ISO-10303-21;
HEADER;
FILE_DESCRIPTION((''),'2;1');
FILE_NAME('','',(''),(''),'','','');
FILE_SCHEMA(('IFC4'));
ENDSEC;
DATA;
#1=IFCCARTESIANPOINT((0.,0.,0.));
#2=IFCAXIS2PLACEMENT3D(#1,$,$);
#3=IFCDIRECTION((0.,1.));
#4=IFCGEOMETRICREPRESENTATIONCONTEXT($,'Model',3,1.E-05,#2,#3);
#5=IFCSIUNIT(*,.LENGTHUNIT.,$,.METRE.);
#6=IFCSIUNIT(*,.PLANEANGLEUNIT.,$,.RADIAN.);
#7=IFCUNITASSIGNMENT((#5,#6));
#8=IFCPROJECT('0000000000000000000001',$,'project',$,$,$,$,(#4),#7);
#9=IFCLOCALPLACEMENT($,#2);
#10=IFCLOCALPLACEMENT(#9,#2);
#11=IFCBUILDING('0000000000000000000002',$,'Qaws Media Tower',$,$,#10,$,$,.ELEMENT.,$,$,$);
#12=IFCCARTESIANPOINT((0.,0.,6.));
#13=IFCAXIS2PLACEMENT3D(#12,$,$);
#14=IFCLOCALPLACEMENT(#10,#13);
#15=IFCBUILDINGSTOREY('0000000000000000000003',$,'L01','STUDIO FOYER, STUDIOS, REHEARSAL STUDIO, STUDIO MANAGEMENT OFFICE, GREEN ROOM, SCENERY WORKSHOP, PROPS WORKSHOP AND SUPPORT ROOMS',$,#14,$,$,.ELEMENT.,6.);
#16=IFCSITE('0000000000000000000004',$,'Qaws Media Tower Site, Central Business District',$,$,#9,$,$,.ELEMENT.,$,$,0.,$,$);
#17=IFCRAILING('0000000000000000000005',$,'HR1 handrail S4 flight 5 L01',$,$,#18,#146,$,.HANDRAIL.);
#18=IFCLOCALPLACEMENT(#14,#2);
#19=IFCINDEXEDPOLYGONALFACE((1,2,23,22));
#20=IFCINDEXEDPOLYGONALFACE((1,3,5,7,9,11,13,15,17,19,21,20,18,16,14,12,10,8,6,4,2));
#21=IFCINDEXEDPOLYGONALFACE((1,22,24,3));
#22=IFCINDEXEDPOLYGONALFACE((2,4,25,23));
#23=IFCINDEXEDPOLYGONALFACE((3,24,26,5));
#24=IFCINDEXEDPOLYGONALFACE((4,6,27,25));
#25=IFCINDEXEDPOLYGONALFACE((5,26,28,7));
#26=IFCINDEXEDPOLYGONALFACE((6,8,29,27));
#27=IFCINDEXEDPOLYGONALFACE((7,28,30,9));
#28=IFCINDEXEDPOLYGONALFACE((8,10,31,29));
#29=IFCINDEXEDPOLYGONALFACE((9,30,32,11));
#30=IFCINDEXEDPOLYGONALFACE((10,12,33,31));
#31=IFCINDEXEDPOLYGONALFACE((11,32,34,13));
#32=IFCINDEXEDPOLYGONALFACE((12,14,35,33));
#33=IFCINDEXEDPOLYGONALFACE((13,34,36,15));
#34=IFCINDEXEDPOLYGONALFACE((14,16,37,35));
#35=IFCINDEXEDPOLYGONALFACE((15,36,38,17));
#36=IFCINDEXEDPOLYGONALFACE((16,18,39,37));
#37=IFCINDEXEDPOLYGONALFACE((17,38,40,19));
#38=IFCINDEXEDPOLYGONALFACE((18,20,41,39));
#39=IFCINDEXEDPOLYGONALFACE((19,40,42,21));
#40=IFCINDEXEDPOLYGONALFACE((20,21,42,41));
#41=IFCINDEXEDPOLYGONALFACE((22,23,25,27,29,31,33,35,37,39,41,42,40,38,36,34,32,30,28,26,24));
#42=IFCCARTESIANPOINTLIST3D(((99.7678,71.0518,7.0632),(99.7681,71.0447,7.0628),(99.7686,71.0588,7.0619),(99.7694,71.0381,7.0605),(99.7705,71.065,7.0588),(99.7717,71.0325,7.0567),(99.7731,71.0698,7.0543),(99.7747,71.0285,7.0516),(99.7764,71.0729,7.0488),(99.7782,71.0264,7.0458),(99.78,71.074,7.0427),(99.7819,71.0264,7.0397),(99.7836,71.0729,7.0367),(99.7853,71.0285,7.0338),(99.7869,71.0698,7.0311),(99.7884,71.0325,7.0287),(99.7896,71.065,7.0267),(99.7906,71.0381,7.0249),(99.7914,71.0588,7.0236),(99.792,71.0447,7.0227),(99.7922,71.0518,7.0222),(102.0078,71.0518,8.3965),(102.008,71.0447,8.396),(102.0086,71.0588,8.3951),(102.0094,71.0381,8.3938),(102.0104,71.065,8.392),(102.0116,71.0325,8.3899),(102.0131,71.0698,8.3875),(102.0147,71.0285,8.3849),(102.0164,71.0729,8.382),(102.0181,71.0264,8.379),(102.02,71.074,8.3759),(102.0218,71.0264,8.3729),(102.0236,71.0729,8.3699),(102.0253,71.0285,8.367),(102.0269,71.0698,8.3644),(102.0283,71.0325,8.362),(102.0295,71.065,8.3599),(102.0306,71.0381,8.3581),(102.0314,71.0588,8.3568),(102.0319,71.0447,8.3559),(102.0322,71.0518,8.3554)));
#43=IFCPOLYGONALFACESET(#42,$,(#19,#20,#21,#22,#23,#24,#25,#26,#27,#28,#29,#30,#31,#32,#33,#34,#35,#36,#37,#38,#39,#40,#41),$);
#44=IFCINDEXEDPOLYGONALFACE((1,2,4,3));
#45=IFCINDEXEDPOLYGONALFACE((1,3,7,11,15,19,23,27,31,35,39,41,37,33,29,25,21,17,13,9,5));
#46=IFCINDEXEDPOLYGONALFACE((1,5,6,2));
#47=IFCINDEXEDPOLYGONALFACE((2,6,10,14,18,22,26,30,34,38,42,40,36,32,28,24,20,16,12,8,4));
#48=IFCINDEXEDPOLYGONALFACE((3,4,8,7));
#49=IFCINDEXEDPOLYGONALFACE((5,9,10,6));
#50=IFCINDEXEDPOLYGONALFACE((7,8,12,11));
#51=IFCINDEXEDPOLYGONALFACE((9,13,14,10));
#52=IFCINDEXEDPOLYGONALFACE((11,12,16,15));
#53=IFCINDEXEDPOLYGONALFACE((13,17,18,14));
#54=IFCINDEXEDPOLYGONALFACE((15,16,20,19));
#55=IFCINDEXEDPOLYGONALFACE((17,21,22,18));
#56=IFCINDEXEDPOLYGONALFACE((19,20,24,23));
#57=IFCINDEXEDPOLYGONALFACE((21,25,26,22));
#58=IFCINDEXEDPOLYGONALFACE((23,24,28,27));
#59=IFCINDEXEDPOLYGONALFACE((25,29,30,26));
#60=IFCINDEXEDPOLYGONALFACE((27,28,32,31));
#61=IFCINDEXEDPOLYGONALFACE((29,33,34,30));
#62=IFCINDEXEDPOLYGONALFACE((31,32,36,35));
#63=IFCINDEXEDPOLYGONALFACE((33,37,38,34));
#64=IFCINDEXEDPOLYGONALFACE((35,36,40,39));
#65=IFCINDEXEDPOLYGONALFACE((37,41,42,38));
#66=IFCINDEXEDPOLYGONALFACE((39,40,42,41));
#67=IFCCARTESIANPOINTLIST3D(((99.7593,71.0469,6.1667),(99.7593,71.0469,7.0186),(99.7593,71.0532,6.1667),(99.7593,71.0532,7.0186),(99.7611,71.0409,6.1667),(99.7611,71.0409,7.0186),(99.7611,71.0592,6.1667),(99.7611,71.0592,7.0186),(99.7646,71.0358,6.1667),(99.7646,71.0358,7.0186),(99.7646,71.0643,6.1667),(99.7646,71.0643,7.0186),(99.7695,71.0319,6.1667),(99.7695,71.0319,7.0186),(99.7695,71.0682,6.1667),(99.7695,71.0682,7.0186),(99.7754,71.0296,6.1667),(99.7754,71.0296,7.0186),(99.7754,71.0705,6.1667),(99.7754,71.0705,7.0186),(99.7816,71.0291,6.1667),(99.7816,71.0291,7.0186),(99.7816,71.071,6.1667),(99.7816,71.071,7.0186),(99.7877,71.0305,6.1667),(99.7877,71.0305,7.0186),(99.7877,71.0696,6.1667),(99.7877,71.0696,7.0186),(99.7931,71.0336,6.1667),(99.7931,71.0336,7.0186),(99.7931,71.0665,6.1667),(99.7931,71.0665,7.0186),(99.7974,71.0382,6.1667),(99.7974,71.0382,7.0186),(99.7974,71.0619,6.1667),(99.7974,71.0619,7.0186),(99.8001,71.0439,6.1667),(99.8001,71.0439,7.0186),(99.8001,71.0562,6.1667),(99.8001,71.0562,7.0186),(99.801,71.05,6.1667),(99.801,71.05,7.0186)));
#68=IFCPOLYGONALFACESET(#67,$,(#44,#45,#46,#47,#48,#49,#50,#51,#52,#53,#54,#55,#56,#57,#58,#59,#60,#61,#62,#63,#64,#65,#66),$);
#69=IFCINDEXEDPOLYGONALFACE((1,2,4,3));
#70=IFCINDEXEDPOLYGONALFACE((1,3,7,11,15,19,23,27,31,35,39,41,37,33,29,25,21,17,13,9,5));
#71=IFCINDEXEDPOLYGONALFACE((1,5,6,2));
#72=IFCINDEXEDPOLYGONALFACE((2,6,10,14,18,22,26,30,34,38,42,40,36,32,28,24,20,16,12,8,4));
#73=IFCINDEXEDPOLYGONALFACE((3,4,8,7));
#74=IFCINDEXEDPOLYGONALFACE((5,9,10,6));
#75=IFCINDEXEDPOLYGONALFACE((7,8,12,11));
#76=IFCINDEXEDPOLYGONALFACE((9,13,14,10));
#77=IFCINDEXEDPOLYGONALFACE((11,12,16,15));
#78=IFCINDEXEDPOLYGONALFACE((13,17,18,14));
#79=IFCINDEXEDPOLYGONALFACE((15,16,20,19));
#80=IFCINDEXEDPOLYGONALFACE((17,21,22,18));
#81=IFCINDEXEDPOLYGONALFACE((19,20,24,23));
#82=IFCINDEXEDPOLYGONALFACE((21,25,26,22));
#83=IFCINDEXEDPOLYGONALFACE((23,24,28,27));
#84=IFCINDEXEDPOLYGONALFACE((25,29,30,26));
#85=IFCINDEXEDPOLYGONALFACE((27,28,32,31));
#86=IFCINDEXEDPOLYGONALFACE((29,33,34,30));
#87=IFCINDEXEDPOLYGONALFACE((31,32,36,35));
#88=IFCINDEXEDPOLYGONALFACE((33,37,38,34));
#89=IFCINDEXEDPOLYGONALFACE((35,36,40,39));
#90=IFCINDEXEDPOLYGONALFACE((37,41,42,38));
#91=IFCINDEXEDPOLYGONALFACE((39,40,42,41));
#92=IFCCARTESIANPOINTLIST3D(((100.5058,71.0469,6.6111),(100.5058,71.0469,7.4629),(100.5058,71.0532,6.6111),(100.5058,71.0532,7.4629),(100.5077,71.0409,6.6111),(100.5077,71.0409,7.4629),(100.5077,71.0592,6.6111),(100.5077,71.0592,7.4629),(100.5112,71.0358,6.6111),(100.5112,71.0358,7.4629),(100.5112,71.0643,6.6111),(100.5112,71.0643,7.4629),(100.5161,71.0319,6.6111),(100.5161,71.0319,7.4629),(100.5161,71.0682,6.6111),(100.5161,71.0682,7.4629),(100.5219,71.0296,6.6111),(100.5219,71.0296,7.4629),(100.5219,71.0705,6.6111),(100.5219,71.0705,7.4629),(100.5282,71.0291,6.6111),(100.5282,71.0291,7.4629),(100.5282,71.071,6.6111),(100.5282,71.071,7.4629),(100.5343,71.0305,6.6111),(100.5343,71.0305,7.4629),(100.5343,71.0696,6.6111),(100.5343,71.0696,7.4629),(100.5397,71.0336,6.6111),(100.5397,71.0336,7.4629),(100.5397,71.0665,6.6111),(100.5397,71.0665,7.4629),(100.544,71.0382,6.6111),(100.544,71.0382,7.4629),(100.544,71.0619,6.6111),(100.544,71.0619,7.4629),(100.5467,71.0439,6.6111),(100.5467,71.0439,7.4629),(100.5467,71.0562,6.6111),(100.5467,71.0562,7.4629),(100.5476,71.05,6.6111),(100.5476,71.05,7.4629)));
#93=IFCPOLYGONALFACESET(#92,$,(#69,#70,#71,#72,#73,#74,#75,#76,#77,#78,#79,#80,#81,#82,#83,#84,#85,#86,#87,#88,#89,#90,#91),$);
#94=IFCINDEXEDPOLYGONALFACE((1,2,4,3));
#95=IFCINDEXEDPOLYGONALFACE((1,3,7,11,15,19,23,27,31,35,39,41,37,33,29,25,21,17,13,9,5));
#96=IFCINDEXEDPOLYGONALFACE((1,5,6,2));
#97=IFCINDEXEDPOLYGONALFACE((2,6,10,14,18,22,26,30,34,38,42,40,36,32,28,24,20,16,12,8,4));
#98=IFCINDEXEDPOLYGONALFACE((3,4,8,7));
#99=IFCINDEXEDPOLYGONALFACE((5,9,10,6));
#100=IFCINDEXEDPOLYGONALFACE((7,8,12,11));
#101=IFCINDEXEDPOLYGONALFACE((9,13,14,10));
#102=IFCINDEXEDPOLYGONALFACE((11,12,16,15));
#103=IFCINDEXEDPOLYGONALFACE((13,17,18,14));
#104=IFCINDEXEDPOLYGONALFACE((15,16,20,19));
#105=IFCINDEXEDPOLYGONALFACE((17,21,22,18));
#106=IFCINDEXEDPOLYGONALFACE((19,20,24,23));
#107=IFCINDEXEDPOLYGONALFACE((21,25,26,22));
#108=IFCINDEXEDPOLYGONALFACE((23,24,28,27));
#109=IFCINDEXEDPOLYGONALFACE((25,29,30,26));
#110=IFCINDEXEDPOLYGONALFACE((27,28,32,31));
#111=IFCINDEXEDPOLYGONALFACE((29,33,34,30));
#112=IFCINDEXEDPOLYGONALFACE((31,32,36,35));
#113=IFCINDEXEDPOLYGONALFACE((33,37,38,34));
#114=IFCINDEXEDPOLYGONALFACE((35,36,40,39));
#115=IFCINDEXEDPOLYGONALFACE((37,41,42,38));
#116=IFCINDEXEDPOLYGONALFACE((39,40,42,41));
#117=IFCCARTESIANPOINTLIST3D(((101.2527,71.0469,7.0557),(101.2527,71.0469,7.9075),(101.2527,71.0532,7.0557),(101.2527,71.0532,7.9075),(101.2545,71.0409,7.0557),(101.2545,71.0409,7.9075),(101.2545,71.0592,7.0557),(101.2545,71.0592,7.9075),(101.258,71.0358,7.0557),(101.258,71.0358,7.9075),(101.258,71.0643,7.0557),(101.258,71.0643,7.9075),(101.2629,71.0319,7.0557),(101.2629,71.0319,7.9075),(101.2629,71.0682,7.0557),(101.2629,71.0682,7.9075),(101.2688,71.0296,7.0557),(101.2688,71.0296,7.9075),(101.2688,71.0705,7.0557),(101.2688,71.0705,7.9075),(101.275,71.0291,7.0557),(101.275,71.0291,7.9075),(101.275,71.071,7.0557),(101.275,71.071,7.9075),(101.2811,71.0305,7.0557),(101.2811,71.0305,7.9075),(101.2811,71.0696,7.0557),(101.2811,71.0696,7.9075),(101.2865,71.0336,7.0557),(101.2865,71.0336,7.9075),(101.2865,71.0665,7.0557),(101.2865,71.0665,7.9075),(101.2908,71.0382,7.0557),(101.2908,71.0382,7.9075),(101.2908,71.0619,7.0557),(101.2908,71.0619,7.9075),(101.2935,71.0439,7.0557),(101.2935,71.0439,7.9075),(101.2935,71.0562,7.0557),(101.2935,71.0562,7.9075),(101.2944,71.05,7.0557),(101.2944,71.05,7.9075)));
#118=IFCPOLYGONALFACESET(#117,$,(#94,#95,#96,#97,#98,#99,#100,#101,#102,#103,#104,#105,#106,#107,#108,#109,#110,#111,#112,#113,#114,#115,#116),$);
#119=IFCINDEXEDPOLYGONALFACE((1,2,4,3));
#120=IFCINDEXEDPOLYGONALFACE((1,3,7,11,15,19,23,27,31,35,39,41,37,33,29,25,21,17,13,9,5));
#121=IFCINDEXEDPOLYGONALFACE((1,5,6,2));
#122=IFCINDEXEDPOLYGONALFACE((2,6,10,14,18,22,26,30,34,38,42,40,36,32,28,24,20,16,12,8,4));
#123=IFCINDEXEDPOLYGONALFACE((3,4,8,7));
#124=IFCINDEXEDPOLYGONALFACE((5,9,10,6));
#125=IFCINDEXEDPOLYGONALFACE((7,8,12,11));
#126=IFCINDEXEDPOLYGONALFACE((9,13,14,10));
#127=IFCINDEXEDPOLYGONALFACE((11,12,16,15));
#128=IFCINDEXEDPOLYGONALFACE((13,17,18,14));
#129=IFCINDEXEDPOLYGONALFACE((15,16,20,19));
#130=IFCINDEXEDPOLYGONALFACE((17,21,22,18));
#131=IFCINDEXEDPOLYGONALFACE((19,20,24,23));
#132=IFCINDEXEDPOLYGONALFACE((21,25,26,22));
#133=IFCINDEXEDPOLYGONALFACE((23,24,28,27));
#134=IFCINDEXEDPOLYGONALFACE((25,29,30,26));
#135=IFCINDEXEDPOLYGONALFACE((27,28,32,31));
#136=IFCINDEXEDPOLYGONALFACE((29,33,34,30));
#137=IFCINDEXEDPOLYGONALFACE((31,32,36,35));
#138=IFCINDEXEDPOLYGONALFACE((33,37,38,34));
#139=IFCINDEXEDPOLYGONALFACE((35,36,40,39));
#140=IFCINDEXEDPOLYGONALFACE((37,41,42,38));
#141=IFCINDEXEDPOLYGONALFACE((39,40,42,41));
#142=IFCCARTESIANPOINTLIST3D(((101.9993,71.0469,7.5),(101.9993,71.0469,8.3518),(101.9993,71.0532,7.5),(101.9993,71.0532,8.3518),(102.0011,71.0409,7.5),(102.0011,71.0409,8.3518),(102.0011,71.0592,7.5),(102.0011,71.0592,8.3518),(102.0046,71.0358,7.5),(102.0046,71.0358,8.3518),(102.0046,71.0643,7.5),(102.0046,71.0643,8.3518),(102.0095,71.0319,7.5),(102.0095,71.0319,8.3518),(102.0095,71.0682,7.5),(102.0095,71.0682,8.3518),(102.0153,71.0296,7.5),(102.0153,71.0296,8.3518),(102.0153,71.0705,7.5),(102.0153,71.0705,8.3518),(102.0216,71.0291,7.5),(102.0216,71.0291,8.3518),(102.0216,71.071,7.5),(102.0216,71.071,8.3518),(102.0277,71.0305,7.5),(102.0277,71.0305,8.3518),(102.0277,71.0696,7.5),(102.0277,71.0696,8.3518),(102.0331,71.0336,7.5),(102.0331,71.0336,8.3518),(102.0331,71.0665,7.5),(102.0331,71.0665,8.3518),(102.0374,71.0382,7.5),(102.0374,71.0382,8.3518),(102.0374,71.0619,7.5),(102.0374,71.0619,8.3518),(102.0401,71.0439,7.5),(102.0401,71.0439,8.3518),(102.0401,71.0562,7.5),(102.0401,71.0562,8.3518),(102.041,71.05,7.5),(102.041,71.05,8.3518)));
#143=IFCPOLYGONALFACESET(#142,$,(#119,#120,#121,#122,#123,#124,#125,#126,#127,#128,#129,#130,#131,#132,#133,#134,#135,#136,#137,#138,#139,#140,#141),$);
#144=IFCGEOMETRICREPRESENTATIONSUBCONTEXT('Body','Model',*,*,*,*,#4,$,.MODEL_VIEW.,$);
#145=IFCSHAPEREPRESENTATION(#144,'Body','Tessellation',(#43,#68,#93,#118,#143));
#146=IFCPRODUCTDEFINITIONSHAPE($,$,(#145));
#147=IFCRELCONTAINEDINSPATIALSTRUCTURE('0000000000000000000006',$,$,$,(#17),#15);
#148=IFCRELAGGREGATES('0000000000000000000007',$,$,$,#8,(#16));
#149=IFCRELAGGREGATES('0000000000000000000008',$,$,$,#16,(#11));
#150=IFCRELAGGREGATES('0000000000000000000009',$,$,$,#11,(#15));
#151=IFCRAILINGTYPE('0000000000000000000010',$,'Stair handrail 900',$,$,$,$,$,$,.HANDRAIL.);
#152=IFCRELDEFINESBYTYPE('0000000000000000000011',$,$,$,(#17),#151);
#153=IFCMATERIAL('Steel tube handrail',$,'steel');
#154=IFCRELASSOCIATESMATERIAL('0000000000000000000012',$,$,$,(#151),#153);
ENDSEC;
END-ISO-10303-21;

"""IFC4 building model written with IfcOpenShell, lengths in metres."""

from ifc_helpers import new_model, si_unit, direction, frame, origin, origin_2d, place, context, subcontext, project, spatial, circle, extrude, material, type_object, element, save


model = new_model("IFC4")

# Units and contexts
model_context = context("Model", 3, precision=1e-05, world=origin(), true_north=direction((0.0, 1.0)))
body_context = subcontext(model_context, "Body", "Model", "MODEL_VIEW")
ifc_project = project(units=[si_unit("LENGTHUNIT", "METRE"), si_unit("PLANEANGLEUNIT", "RADIAN")], contexts=[model_context])

# Site, building, storey
site_placement = place(None, origin())
site = spatial("IfcSite", under=ifc_project, at=site_placement, Name="Qaws Media Tower Site, Central Business District", CompositionType="ELEMENT", RefElevation=0.0)
building_placement = place(site_placement, origin())
building = spatial("IfcBuilding", under=site, at=building_placement, Name="Qaws Media Tower", CompositionType="ELEMENT")
storey_placement = place(building_placement, frame((0.0, 0.0, 6.0)))
storey = spatial("IfcBuildingStorey", under=building, at=storey_placement, Name="L01", Description="STUDIO FOYER, STUDIOS, REHEARSAL STUDIO, STUDIO MANAGEMENT OFFICE, GREEN ROOM, SCENERY WORKSHOP, PROPS WORKSHOP AND SUPPORT ROOMS", CompositionType="ELEMENT", Elevation=6.0)

# Railing
ifc_material_1 = material(Name="Steel tube handrail", Category="steel")
railing_type = type_object("IfcRailingType", Name="Stair handrail 900", PredefinedType="HANDRAIL", material=ifc_material_1)
for number, where, name in (
    (1, (99.78, 71.05, 6.1667), "HR1 handrail S4 flight 5 L01"),
):
    element("IfcRailing", number, at=place(storey_placement, frame(where)), inside=storey, type_object=railing_type, Name=name, PredefinedType="HANDRAIL", context=body_context, shape_type="SweptSolid", body=[
        extrude(circle(Radius=0.0239, at=origin_2d()), frame((0.0, 0.0, 0.876), z_axis=(0.859306, 0.0, 0.511462), x_axis=(0.0, 1.0, 0.0)), (0.0, 0.0, 1.0), 2.6067),
        extrude(circle(Radius=0.021, at=origin_2d()), origin(), (0.0, 0.0, 1.0), 0.8518),
        extrude(circle(Radius=0.021, at=origin_2d()), frame((0.7466, 0.0, 0.4443)), (0.0, 0.0, 1.0), 0.8518),
        extrude(circle(Radius=0.021, at=origin_2d()), frame((1.4934, 0.0, 0.8889)), (0.0, 0.0, 1.0), 0.8518),
        extrude(circle(Radius=0.021, at=origin_2d()), frame((2.24, 0.0, 1.3333)), (0.0, 0.0, 1.0), 0.8518),
    ])

save(model, "model.ifc")
